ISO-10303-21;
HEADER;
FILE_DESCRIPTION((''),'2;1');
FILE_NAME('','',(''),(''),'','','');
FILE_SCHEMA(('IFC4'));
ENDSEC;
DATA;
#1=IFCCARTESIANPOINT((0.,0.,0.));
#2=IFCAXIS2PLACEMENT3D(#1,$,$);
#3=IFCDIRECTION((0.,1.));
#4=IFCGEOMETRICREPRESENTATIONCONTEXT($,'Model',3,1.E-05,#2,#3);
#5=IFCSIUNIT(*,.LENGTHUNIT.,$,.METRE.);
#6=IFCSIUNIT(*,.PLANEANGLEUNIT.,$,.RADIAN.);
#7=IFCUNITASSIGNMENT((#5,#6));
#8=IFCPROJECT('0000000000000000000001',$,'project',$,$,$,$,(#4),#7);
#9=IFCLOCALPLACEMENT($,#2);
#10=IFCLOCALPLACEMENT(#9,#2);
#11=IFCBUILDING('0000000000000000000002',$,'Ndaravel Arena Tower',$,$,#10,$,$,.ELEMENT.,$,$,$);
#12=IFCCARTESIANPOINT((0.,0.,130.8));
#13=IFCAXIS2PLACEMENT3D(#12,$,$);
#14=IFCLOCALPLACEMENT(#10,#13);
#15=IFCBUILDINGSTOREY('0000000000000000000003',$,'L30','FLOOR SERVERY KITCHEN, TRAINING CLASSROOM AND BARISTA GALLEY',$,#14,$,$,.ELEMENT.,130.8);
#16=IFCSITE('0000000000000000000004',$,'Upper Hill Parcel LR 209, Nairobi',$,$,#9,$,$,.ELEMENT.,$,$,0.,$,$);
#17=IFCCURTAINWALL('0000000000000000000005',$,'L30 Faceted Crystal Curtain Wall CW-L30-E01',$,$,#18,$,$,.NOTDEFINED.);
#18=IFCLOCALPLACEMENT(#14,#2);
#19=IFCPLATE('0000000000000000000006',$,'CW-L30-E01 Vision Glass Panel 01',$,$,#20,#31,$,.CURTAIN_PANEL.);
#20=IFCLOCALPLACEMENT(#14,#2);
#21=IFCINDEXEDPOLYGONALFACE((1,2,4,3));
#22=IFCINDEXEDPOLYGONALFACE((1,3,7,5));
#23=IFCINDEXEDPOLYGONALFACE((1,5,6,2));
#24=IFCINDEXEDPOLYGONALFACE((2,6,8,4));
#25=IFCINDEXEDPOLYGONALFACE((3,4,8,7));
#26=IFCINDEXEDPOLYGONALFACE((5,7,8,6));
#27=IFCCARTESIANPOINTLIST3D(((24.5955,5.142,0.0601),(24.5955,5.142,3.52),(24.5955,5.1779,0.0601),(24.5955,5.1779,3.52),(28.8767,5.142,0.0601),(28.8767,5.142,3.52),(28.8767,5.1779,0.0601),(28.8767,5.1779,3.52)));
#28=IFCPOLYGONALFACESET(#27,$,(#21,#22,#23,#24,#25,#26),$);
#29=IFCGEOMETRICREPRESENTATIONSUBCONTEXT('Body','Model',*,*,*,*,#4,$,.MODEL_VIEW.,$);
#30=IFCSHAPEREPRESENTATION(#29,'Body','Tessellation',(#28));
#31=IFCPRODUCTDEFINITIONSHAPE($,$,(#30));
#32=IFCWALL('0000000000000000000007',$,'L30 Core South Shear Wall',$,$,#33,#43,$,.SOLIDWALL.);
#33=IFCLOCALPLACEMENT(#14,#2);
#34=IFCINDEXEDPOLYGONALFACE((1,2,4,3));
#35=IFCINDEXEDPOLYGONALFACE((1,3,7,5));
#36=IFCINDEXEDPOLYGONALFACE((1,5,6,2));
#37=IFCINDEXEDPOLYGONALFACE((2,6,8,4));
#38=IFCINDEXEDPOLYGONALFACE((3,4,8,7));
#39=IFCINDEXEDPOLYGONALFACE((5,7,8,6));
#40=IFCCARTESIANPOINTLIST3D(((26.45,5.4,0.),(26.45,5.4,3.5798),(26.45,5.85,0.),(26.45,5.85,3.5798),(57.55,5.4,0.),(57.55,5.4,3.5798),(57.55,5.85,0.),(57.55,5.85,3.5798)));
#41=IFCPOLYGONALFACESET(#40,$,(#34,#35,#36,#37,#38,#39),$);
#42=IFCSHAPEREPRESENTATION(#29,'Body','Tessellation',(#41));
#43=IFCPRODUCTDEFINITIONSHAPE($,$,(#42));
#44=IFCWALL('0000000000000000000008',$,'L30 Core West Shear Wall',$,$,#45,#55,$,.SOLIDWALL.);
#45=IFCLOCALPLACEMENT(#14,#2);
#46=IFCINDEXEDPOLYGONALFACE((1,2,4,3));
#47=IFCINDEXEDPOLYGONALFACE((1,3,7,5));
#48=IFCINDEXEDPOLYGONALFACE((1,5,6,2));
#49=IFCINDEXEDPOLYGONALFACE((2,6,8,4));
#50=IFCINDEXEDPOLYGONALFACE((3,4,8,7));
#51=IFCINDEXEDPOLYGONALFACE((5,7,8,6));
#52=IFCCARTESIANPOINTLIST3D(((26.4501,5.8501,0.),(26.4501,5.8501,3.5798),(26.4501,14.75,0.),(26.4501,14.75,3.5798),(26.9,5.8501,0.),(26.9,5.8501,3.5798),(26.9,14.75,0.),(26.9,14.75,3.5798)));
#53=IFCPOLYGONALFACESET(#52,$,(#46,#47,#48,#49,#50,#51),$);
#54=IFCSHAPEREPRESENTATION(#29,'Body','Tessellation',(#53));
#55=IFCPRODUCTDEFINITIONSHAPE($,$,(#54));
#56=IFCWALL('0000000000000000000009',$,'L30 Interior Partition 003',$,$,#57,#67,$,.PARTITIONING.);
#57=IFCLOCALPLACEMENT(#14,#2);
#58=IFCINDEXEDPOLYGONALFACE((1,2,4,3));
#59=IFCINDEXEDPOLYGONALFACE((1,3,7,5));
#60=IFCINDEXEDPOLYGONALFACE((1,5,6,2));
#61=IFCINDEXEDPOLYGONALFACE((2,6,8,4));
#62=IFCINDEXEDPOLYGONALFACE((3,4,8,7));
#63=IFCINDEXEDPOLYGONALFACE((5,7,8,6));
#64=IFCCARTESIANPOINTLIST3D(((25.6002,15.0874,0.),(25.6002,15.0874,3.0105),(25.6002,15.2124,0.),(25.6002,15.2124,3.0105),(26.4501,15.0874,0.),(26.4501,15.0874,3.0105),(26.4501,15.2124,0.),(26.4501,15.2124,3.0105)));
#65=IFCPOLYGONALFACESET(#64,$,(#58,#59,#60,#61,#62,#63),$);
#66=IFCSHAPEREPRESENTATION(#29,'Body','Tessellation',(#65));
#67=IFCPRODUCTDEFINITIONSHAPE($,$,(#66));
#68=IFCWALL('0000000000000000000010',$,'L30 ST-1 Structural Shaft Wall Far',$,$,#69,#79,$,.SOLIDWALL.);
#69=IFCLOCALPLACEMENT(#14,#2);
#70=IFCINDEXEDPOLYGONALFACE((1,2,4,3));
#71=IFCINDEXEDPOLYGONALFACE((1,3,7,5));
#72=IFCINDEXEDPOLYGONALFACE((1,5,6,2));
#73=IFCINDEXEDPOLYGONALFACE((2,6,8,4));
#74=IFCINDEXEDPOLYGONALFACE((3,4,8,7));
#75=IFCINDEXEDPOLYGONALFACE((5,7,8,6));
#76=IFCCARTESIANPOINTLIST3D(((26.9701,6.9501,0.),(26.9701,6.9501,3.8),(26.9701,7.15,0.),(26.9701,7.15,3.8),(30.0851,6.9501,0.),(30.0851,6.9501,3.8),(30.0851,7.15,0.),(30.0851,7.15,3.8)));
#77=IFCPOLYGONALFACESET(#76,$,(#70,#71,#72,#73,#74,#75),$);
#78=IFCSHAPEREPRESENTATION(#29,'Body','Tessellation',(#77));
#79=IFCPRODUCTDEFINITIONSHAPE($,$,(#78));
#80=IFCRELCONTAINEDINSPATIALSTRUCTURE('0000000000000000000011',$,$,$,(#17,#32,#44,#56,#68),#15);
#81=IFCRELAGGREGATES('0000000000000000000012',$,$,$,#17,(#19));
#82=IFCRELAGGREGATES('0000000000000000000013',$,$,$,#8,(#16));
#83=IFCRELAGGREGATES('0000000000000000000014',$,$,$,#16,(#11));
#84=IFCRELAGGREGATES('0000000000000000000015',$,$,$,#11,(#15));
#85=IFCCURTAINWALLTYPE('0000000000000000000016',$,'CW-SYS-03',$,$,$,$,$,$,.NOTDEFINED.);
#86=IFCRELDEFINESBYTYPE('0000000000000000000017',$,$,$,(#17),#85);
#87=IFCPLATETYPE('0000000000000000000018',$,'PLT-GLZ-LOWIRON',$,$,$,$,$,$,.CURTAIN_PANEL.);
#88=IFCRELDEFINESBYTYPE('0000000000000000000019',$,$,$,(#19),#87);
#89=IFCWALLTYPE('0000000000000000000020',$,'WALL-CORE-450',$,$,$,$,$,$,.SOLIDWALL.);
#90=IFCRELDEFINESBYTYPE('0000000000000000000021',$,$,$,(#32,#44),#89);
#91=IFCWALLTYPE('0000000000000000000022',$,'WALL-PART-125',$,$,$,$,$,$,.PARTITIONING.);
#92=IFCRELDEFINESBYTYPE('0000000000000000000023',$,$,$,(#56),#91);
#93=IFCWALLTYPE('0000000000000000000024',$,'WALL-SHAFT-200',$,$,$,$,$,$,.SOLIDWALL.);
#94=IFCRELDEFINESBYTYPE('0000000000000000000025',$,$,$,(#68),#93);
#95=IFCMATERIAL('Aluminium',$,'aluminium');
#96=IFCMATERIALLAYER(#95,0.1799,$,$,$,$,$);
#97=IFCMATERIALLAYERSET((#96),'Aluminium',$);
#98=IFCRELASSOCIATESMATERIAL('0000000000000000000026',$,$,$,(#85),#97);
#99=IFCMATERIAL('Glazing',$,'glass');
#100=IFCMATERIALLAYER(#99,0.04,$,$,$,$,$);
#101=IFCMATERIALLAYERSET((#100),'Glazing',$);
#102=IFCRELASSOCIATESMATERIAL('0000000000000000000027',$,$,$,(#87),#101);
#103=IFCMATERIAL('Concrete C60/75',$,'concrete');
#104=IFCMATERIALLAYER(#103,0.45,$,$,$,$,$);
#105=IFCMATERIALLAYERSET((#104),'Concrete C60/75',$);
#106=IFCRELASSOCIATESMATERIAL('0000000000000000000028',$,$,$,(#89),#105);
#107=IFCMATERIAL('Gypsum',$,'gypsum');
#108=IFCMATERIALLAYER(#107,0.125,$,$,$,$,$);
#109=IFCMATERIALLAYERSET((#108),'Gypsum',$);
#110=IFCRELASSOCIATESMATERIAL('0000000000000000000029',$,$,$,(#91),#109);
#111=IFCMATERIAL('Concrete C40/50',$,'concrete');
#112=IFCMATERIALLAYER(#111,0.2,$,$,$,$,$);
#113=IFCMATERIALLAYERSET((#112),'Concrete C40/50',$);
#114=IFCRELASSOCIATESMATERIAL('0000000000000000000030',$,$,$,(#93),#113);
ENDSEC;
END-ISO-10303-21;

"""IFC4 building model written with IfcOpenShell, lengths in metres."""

from ifc_helpers import new_model, si_unit, direction, frame, frame_2d, origin, origin_2d, place, context, subcontext, project, spatial, rectangle, extrude, material, layer, layer_set, type_object, element, aggregate, save


model = new_model("IFC4")

# Units and contexts
model_context = context("Model", 3, precision=1e-05, world=origin(), true_north=direction((0.0, 1.0)))
body_context = subcontext(model_context, "Body", "Model", "MODEL_VIEW")
ifc_project = project(units=[si_unit("LENGTHUNIT", "METRE"), si_unit("PLANEANGLEUNIT", "RADIAN")], contexts=[model_context])

# Site, building, storey
site_placement = place(None, origin())
site = spatial("IfcSite", under=ifc_project, at=site_placement, Name="Upper Hill Parcel LR 209, Nairobi", CompositionType="ELEMENT", RefElevation=0.0)
building_placement = place(site_placement, origin())
building = spatial("IfcBuilding", under=site, at=building_placement, Name="Ndaravel Arena Tower", CompositionType="ELEMENT")
storey_placement = place(building_placement, frame((0.0, 0.0, 130.8)))
storey = spatial("IfcBuildingStorey", under=building, at=storey_placement, Name="L30", Description="FLOOR SERVERY KITCHEN, TRAINING CLASSROOM AND BARISTA GALLEY", CompositionType="ELEMENT", Elevation=130.8)

# Curtain wall
ifc_material_1 = material(Name="Aluminium", Category="aluminium")
ifc_layer_1 = layer(ifc_material_1, 0.1799)
ifc_layer_set_1 = layer_set([ifc_layer_1], Name="Aluminium")
curtain_wall_type_1 = type_object("IfcCurtainWallType", Name="CW-SYS-03", PredefinedType="NOTDEFINED", material=ifc_layer_set_1)
curtain_wall_1_placement = place(storey_placement, origin())
curtain_wall_1 = element("IfcCurtainWall", 1, at=curtain_wall_1_placement, inside=storey, type_object=curtain_wall_type_1, Name="L30 Faceted Crystal Curtain Wall CW-L30-E01", PredefinedType="NOTDEFINED")

# Plate
ifc_material_2 = material(Name="Glazing", Category="glass")
ifc_layer_2 = layer(ifc_material_2, 0.04)
ifc_layer_set_2 = layer_set([ifc_layer_2], Name="Glazing")
plate_type_1 = type_object("IfcPlateType", Name="PLT-GLZ-LOWIRON", PredefinedType="CURTAIN_PANEL", material=ifc_layer_set_2)
plate_1_placement = place(storey_placement, frame((26.7361, 5.1599, 0.0601), z_axis=(0.0, 0.0, 1.0), x_axis=(1.0, 0.0, 0.0)))
plate_1 = element("IfcPlate", 2, at=plate_1_placement, type_object=plate_type_1, Name="CW-L30-E01 Vision Glass Panel 01", PredefinedType="CURTAIN_PANEL", context=body_context, shape_type="SweptSolid", body=[
    extrude(rectangle(XDim=4.2812, YDim=0.0359, at=origin_2d()), origin(), (0.0, 0.0, 1.0), 3.46),
])
aggregate(curtain_wall_1, [plate_1])

# Shared definitions
ifc_material_3 = material(Name="Concrete C60/75", Category="concrete")
ifc_layer_3 = layer(ifc_material_3, 0.45)
ifc_layer_set_3 = layer_set([ifc_layer_3], Name="Concrete C60/75")
wall_type_1 = type_object("IfcWallType", Name="WALL-CORE-450", PredefinedType="SOLIDWALL", material=ifc_layer_set_3)

# Walls
wall_1_placement = place(storey_placement, frame((26.45, 5.625, 0.0), z_axis=(0.0, 0.0, 1.0), x_axis=(1.0, 0.0, 0.0)))
element("IfcWall", 3, at=wall_1_placement, inside=storey, type_object=wall_type_1, Name="L30 Core South Shear Wall", PredefinedType="SOLIDWALL", context=body_context, shape_type="SweptSolid", body=[
    extrude(rectangle(XDim=31.1001, YDim=0.45, at=frame_2d((15.55, 0.0))), origin(), (0.0, 0.0, 1.0), 3.5798),
])
wall_2_placement = place(storey_placement, frame((26.675, 5.8501, 0.0), z_axis=(0.0, 0.0, 1.0), x_axis=(0.0, 1.0, 0.0)))
element("IfcWall", 4, at=wall_2_placement, inside=storey, type_object=wall_type_1, Name="L30 Core West Shear Wall", PredefinedType="SOLIDWALL", context=body_context, shape_type="SweptSolid", body=[
    extrude(rectangle(XDim=8.8999, YDim=0.45, at=frame_2d((4.45, 0.0))), origin(), (0.0, 0.0, 1.0), 3.5798),
])
ifc_material_4 = material(Name="Gypsum", Category="gypsum")
ifc_layer_4 = layer(ifc_material_4, 0.125)
ifc_layer_set_4 = layer_set([ifc_layer_4], Name="Gypsum")
wall_type_2 = type_object("IfcWallType", Name="WALL-PART-125", PredefinedType="PARTITIONING", material=ifc_layer_set_4)
wall_3_placement = place(storey_placement, frame((26.45, 15.1499, 0.0), z_axis=(0.0, 0.0, 1.0), x_axis=(-1.0, 0.0, 0.0)))
element("IfcWall", 5, at=wall_3_placement, inside=storey, type_object=wall_type_2, Name="L30 Interior Partition 003", PredefinedType="PARTITIONING", context=body_context, shape_type="SweptSolid", body=[
    extrude(rectangle(XDim=0.8499, YDim=0.125, at=frame_2d((0.4248, 0.0))), origin(), (0.0, 0.0, 1.0), 3.0105),
])
ifc_material_5 = material(Name="Concrete C40/50", Category="concrete")
ifc_layer_5 = layer(ifc_material_5, 0.2)
ifc_layer_set_5 = layer_set([ifc_layer_5], Name="Concrete C40/50")
wall_type_3 = type_object("IfcWallType", Name="WALL-SHAFT-200", PredefinedType="SOLIDWALL", material=ifc_layer_set_5)
wall_4_placement = place(storey_placement, frame((26.97, 7.05, 0.0), z_axis=(0.0, 0.0, 1.0), x_axis=(1.0, 0.0, 0.0)))
element("IfcWall", 6, at=wall_4_placement, inside=storey, type_object=wall_type_3, Name="L30 ST-1 Structural Shaft Wall Far", PredefinedType="SOLIDWALL", context=body_context, shape_type="SweptSolid", body=[
    extrude(rectangle(XDim=3.115, YDim=0.2, at=frame_2d((1.5576, 0.0))), origin(), (0.0, 0.0, 1.0), 3.8),
])

save(model, "model.ifc")
